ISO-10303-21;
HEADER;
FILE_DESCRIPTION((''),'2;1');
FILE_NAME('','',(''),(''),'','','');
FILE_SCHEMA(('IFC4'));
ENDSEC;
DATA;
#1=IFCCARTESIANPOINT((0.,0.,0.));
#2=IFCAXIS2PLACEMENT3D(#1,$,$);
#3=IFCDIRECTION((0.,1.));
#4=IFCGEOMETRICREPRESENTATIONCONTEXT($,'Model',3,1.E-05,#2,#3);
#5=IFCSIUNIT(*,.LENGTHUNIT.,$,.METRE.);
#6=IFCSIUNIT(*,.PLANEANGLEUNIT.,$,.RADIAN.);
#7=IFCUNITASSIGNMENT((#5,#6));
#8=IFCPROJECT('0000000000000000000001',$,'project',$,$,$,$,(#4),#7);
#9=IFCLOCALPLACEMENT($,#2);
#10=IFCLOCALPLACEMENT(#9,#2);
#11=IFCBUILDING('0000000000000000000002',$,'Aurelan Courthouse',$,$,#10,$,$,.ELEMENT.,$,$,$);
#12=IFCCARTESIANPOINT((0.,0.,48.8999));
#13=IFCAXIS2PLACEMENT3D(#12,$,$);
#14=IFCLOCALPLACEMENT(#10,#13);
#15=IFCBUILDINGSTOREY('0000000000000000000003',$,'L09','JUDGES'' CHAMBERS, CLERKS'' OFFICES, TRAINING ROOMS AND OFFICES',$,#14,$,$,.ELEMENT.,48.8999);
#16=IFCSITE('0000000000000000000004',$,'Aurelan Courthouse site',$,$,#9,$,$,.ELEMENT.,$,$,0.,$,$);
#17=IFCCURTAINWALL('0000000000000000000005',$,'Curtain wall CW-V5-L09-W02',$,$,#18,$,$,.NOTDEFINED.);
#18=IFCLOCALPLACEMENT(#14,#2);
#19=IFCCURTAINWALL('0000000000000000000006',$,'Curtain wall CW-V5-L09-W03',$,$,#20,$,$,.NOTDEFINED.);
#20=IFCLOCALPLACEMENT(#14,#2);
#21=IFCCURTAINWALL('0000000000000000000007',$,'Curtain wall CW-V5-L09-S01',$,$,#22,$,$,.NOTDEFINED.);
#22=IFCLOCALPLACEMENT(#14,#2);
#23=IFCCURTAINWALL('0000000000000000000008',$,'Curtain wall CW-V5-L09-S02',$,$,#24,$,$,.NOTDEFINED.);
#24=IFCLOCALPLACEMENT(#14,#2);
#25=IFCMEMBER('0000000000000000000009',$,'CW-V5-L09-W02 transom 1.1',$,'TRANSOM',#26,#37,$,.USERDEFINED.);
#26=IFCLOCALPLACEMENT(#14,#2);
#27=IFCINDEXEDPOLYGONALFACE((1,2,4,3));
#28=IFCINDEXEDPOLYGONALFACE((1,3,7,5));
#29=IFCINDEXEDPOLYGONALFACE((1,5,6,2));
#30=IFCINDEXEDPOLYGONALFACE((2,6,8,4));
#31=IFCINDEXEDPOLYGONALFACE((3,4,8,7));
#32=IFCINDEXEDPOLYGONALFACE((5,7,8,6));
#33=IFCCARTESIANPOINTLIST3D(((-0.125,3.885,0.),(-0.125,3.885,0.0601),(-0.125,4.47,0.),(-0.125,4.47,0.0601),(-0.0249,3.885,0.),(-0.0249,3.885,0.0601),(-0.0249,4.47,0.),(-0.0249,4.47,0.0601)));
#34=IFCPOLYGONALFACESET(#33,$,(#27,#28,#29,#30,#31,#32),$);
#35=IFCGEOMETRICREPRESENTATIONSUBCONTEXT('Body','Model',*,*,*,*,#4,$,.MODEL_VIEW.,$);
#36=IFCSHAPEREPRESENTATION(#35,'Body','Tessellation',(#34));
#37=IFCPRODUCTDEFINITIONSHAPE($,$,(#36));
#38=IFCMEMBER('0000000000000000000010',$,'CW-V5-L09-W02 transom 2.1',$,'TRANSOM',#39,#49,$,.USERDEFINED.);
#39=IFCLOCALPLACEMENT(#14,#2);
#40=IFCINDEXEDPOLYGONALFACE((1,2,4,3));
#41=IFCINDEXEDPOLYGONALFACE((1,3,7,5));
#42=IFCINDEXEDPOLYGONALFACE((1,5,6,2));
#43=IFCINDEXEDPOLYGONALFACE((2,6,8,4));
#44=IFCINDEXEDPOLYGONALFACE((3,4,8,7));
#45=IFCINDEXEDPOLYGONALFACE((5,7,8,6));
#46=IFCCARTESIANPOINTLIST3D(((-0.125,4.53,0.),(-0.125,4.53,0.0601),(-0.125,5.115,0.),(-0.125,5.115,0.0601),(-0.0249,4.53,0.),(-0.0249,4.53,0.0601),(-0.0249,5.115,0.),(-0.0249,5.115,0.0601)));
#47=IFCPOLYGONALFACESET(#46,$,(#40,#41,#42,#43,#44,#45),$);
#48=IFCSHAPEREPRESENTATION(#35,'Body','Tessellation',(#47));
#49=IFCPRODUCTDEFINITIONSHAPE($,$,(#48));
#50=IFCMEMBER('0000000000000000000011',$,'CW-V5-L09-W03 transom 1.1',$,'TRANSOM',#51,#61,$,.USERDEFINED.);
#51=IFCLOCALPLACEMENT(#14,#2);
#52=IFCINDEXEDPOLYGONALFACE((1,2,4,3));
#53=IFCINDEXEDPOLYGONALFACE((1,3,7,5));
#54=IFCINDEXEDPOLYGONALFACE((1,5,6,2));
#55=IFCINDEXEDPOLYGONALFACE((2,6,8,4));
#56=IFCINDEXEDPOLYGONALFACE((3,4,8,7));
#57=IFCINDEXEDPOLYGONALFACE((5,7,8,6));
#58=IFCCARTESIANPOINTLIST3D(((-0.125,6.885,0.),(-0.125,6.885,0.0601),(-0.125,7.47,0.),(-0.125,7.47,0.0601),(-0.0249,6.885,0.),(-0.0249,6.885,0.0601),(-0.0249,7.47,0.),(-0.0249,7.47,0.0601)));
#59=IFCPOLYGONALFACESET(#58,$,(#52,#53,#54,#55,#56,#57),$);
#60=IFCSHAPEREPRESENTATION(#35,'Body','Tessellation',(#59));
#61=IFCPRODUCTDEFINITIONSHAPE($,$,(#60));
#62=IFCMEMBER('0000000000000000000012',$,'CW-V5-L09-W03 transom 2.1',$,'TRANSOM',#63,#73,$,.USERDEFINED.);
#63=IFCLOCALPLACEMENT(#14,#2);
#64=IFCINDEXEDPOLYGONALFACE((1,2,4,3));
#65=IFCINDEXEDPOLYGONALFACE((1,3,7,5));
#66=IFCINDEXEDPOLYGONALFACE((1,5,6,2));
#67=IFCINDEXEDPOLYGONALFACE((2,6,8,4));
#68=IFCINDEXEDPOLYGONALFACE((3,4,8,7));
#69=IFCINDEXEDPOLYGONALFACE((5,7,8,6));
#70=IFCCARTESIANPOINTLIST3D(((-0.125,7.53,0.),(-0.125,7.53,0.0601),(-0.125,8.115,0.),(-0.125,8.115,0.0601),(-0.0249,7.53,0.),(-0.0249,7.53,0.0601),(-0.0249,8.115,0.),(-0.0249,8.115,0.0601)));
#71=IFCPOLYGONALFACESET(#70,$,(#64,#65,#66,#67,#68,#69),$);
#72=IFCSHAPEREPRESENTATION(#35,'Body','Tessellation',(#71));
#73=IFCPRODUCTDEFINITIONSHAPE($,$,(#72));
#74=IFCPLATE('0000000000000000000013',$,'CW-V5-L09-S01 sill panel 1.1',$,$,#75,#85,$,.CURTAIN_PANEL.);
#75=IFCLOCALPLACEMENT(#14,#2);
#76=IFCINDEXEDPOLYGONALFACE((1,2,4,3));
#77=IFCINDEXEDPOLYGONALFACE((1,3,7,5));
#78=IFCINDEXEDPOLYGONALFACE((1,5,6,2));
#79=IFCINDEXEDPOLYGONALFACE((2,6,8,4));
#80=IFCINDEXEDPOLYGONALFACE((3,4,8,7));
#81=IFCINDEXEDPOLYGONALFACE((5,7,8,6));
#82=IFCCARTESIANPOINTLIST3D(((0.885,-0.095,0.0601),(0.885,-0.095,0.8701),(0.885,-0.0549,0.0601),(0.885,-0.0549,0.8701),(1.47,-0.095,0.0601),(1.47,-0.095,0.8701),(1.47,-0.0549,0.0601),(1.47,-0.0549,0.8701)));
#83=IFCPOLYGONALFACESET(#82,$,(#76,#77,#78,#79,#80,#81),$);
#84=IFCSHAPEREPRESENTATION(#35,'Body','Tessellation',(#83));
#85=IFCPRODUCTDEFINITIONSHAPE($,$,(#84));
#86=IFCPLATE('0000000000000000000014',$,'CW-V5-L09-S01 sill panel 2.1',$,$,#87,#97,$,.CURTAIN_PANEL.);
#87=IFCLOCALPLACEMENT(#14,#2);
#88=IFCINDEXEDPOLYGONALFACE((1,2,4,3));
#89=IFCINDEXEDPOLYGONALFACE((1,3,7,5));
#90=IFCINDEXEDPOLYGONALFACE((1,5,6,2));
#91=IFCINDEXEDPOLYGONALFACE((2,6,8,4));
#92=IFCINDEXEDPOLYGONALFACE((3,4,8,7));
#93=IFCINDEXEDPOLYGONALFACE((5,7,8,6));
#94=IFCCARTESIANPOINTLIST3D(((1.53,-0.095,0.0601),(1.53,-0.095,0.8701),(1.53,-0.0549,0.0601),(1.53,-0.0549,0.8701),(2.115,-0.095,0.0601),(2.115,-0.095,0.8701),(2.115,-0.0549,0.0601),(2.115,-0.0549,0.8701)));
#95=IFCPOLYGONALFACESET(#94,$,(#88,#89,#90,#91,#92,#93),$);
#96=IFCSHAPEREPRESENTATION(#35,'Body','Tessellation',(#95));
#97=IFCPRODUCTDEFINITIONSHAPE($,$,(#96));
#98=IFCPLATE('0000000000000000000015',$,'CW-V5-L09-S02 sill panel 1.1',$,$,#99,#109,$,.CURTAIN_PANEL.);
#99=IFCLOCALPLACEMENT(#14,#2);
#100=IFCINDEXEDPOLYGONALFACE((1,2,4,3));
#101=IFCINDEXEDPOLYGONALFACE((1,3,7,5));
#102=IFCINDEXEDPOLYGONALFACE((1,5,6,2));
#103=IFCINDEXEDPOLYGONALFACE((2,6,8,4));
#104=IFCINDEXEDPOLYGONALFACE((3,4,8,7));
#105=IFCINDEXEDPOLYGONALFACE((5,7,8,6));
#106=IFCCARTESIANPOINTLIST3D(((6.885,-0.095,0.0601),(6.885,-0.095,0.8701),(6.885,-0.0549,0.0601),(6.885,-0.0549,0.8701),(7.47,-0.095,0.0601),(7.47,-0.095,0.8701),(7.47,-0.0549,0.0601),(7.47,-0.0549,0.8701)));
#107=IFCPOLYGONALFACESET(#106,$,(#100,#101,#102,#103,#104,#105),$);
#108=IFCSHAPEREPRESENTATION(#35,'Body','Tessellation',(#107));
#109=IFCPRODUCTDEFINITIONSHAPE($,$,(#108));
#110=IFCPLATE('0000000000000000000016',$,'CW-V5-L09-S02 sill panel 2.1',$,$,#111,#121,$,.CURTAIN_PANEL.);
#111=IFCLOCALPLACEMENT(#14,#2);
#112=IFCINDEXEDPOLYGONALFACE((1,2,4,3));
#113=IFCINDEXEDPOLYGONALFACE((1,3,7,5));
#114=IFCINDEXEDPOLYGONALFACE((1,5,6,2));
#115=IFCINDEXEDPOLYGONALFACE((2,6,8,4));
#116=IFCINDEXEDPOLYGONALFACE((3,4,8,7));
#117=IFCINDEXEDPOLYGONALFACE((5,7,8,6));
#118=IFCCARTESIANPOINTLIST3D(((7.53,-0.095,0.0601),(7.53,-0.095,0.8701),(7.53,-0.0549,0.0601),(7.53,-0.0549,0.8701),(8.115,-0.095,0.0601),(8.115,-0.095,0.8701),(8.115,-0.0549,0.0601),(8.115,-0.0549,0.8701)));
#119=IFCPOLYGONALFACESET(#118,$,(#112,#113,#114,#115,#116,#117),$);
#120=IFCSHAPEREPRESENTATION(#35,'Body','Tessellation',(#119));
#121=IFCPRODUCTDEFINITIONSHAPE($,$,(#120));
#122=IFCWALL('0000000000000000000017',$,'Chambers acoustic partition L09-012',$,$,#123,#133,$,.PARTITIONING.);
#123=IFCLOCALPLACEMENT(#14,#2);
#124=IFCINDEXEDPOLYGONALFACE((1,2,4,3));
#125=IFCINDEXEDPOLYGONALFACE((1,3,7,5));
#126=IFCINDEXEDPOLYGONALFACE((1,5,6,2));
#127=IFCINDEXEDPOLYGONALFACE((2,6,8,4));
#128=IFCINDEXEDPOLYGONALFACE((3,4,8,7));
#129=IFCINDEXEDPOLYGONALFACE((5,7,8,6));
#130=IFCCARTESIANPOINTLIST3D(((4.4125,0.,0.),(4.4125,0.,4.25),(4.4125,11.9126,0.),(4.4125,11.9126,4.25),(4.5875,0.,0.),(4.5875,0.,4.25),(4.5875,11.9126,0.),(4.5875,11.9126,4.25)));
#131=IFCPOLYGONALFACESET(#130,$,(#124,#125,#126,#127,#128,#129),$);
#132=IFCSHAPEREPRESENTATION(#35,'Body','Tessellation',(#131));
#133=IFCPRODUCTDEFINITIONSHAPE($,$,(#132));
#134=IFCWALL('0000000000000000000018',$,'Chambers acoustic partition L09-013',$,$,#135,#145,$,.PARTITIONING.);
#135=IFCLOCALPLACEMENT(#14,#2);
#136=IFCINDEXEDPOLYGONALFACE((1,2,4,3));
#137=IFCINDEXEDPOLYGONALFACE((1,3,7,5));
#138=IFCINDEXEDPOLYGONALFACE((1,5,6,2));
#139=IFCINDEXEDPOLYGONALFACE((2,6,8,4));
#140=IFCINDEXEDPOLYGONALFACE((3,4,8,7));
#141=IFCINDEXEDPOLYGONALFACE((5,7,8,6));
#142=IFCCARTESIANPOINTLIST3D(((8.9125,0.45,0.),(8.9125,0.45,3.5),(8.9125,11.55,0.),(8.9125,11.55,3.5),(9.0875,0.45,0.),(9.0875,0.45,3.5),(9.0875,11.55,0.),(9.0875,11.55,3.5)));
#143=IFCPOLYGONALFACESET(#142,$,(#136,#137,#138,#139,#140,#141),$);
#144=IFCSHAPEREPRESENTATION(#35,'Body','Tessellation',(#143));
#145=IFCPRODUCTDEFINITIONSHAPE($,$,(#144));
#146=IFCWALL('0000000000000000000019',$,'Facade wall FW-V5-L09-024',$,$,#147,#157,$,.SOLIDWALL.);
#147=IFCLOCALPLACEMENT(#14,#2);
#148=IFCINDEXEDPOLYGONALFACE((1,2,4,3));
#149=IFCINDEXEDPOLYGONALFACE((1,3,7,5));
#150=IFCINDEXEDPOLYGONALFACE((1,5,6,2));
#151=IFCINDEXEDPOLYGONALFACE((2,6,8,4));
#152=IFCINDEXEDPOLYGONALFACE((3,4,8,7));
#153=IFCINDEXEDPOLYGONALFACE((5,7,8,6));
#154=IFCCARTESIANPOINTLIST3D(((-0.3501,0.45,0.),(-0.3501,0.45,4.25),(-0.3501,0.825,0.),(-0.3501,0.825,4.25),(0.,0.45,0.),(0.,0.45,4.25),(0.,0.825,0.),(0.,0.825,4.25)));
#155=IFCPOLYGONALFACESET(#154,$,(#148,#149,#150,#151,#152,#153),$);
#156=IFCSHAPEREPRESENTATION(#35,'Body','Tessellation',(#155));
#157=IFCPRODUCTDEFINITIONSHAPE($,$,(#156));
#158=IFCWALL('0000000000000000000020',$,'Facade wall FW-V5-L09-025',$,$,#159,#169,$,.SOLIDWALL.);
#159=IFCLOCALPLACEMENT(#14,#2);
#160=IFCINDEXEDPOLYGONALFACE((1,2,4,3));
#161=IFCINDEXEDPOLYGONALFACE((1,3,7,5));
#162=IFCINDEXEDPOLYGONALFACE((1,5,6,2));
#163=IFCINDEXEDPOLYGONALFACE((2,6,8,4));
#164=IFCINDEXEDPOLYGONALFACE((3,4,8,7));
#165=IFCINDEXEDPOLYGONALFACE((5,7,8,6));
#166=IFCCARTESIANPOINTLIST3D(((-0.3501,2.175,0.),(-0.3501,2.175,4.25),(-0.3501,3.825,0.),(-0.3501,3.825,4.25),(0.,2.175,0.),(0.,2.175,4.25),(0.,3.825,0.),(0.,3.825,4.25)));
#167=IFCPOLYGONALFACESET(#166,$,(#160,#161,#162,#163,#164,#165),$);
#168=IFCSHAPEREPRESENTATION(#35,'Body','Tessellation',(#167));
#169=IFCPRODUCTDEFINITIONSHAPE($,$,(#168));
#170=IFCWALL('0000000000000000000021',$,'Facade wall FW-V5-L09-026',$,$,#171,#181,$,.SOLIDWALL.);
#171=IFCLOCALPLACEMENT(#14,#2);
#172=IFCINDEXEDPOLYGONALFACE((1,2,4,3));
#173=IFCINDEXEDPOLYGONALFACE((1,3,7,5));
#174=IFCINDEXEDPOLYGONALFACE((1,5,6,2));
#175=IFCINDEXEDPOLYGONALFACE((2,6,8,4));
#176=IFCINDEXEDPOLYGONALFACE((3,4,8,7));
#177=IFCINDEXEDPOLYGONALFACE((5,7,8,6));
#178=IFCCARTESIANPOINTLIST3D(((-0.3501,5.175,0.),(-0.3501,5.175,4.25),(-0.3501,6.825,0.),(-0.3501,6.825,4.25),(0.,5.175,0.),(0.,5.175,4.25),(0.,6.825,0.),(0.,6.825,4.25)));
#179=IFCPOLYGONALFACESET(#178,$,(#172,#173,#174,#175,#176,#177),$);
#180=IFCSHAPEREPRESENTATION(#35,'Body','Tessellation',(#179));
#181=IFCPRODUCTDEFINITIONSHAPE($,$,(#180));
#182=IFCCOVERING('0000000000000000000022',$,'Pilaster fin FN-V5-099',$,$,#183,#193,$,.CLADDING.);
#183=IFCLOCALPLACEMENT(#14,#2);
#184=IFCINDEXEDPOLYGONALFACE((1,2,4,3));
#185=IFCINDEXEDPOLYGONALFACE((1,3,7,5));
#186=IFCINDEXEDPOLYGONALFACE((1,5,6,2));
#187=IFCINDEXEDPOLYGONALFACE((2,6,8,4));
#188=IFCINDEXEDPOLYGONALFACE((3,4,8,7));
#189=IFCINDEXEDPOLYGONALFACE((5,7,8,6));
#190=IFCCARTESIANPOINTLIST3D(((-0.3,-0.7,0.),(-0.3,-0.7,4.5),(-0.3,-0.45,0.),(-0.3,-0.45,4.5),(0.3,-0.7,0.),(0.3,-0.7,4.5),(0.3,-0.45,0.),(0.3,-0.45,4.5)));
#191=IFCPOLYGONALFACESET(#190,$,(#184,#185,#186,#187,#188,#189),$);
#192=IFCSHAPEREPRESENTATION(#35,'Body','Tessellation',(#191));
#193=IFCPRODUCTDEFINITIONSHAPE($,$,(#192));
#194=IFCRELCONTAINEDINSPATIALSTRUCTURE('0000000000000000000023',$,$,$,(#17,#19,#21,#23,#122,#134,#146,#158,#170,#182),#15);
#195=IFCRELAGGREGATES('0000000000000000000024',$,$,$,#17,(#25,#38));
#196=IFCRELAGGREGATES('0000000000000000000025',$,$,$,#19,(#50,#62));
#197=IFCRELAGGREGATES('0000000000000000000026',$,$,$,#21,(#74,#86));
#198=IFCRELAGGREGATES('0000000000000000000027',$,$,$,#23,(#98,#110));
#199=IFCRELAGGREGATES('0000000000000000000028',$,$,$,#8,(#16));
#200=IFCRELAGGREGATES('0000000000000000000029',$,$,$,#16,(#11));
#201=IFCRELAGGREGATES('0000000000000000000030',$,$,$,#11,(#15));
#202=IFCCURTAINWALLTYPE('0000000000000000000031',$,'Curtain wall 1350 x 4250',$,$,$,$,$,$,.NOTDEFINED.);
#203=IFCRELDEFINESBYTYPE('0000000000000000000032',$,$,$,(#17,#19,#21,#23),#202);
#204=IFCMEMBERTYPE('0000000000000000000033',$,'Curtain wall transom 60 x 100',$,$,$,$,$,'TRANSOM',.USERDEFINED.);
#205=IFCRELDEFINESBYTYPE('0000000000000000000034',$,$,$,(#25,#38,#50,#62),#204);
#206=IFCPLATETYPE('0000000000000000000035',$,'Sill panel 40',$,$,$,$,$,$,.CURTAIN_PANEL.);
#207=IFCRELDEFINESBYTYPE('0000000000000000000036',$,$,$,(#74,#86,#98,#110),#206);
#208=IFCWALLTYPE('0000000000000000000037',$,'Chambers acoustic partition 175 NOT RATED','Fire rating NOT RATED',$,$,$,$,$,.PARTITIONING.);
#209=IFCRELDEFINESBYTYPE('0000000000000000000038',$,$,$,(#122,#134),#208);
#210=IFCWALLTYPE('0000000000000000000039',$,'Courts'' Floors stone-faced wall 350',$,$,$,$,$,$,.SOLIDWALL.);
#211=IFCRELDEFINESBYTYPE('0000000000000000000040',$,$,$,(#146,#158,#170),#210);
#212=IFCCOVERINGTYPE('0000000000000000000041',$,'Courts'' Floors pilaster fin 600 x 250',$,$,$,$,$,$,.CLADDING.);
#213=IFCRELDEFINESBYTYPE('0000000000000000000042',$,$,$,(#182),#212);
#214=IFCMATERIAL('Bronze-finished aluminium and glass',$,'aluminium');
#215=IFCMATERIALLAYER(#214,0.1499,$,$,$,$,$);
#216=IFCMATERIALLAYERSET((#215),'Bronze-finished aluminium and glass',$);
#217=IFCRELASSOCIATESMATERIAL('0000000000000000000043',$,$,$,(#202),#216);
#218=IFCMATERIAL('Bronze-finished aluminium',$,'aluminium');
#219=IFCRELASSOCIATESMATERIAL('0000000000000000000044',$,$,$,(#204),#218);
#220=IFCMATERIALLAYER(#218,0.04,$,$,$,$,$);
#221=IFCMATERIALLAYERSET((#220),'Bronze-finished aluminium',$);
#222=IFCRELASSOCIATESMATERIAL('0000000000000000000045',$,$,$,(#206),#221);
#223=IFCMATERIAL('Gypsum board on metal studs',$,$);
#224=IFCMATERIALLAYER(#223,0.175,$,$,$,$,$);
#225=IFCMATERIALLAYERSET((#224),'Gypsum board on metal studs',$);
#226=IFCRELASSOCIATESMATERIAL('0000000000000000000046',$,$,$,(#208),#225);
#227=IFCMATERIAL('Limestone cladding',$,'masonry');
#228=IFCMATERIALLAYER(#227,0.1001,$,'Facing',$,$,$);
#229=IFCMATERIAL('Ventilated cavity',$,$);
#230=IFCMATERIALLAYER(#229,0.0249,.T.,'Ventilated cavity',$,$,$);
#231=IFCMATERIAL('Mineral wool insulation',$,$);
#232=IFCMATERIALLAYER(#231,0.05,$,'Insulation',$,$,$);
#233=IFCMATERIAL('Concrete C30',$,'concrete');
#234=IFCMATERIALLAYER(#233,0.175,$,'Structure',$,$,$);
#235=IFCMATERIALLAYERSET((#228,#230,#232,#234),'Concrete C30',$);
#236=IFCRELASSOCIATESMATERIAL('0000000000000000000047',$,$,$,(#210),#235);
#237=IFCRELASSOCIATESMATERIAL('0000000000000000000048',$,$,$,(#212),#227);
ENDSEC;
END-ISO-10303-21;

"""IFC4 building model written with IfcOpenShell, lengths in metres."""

from ifc_helpers import new_model, si_unit, direction, frame, frame_2d, origin, origin_2d, place, context, subcontext, project, spatial, rectangle, extrude, material, layer, layer_set, material_profile, profile_set, type_object, element, aggregate, save


model = new_model("IFC4")

# Units and contexts
model_context = context("Model", 3, precision=1e-05, world=origin(), true_north=direction((0.0, 1.0)))
body_context = subcontext(model_context, "Body", "Model", "MODEL_VIEW")
ifc_project = project(units=[si_unit("LENGTHUNIT", "METRE"), si_unit("PLANEANGLEUNIT", "RADIAN")], contexts=[model_context])

# Site, building, storey
site_placement = place(None, origin())
site = spatial("IfcSite", under=ifc_project, at=site_placement, Name="Aurelan Courthouse site", CompositionType="ELEMENT", RefElevation=0.0)
building_placement = place(site_placement, origin())
building = spatial("IfcBuilding", under=site, at=building_placement, Name="Aurelan Courthouse", CompositionType="ELEMENT")
storey_placement = place(building_placement, frame((0.0, 0.0, 48.8999)))
storey = spatial("IfcBuildingStorey", under=building, at=storey_placement, Name="L09", Description="JUDGES' CHAMBERS, CLERKS' OFFICES, TRAINING ROOMS AND OFFICES", CompositionType="ELEMENT", Elevation=48.8999)

# Curtain walls
ifc_material_1 = material(Name="Bronze-finished aluminium and glass", Category="aluminium")
ifc_layer_1 = layer(ifc_material_1, 0.1499)
ifc_layer_set_1 = layer_set([ifc_layer_1], Name="Bronze-finished aluminium and glass")
curtain_wall_type = type_object("IfcCurtainWallType", Name="Curtain wall 1350 x 4250", PredefinedType="NOTDEFINED", material=ifc_layer_set_1)
ifc_material_2 = material(Name="Bronze-finished aluminium", Category="aluminium")
curtain_wall_1_placement = place(storey_placement, origin())
curtain_wall_1 = element("IfcCurtainWall", 1, at=curtain_wall_1_placement, inside=storey, type_object=curtain_wall_type, Name="Curtain wall CW-V5-L09-W02", PredefinedType="NOTDEFINED")
curtain_wall_2_placement = place(storey_placement, origin())
curtain_wall_2 = element("IfcCurtainWall", 2, at=curtain_wall_2_placement, inside=storey, type_object=curtain_wall_type, Name="Curtain wall CW-V5-L09-W03", PredefinedType="NOTDEFINED")
curtain_wall_3_placement = place(storey_placement, origin())
curtain_wall_3 = element("IfcCurtainWall", 3, at=curtain_wall_3_placement, inside=storey, type_object=curtain_wall_type, Name="Curtain wall CW-V5-L09-S01", PredefinedType="NOTDEFINED")
ifc_material_profile_1 = material_profile(ifc_material_2, rectangle(XDim=0.1001, YDim=0.0601, at=origin_2d()), Name="Bronze transom 60 x 100")
ifc_profile_set_1 = profile_set([ifc_material_profile_1], Name="Bronze-finished aluminium")
member_type_1 = type_object("IfcMemberType", Name="Curtain wall transom 60 x 100", ElementType="TRANSOM", PredefinedType="USERDEFINED", material=ifc_profile_set_1)
curtain_wall_4_placement = place(storey_placement, origin())
curtain_wall_4 = element("IfcCurtainWall", 4, at=curtain_wall_4_placement, inside=storey, type_object=curtain_wall_type, Name="Curtain wall CW-V5-L09-S02", PredefinedType="NOTDEFINED")

# Members
member_1_placement = place(storey_placement, frame((-0.075, 3.885, 0.03), z_axis=(0.0, 1.0, 0.0), x_axis=(-1.0, 0.0, 0.0)))
member_1 = element("IfcMember", 5, at=member_1_placement, type_object=member_type_1, Name="CW-V5-L09-W02 transom 1.1", ObjectType="TRANSOM", PredefinedType="USERDEFINED", context=body_context, shape_type="SweptSolid", body=[
    extrude(rectangle(XDim=0.1001, YDim=0.0601, at=origin_2d()), origin(), (0.0, 0.0, 1.0), 0.585),
])
member_2_placement = place(storey_placement, frame((-0.075, 4.53, 0.03), z_axis=(0.0, 1.0, 0.0), x_axis=(-1.0, 0.0, 0.0)))
member_2 = element("IfcMember", 6, at=member_2_placement, type_object=member_type_1, Name="CW-V5-L09-W02 transom 2.1", ObjectType="TRANSOM", PredefinedType="USERDEFINED", context=body_context, shape_type="SweptSolid", body=[
    extrude(rectangle(XDim=0.1001, YDim=0.0601, at=origin_2d()), origin(), (0.0, 0.0, 1.0), 0.585),
])
aggregate(curtain_wall_1, [member_1, member_2])
member_3_placement = place(storey_placement, frame((-0.075, 6.885, 0.03), z_axis=(0.0, 1.0, 0.0), x_axis=(-1.0, 0.0, 0.0)))
member_3 = element("IfcMember", 7, at=member_3_placement, type_object=member_type_1, Name="CW-V5-L09-W03 transom 1.1", ObjectType="TRANSOM", PredefinedType="USERDEFINED", context=body_context, shape_type="SweptSolid", body=[
    extrude(rectangle(XDim=0.1001, YDim=0.0601, at=origin_2d()), origin(), (0.0, 0.0, 1.0), 0.585),
])
member_4_placement = place(storey_placement, frame((-0.075, 7.53, 0.03), z_axis=(0.0, 1.0, 0.0), x_axis=(-1.0, 0.0, 0.0)))
member_4 = element("IfcMember", 8, at=member_4_placement, type_object=member_type_1, Name="CW-V5-L09-W03 transom 2.1", ObjectType="TRANSOM", PredefinedType="USERDEFINED", context=body_context, shape_type="SweptSolid", body=[
    extrude(rectangle(XDim=0.1001, YDim=0.0601, at=origin_2d()), origin(), (0.0, 0.0, 1.0), 0.585),
])
aggregate(curtain_wall_2, [member_3, member_4])

# Plates
ifc_layer_2 = layer(ifc_material_2, 0.04)
ifc_layer_set_2 = layer_set([ifc_layer_2], Name="Bronze-finished aluminium")
plate_type = type_object("IfcPlateType", Name="Sill panel 40", PredefinedType="CURTAIN_PANEL", material=ifc_layer_set_2)
plate_1_placement = place(storey_placement, frame((1.1775, -0.075, 0.0601), z_axis=(0.0, 0.0, 1.0), x_axis=(1.0, 0.0, 0.0)))
plate_1 = element("IfcPlate", 9, at=plate_1_placement, type_object=plate_type, Name="CW-V5-L09-S01 sill panel 1.1", PredefinedType="CURTAIN_PANEL", context=body_context, shape_type="SweptSolid", body=[
    extrude(rectangle(XDim=0.585, YDim=0.04, at=origin_2d()), origin(), (0.0, 0.0, 1.0), 0.8101),
])
plate_2_placement = place(storey_placement, frame((1.8225, -0.075, 0.0601), z_axis=(0.0, 0.0, 1.0), x_axis=(1.0, 0.0, 0.0)))
plate_2 = element("IfcPlate", 10, at=plate_2_placement, type_object=plate_type, Name="CW-V5-L09-S01 sill panel 2.1", PredefinedType="CURTAIN_PANEL", context=body_context, shape_type="SweptSolid", body=[
    extrude(rectangle(XDim=0.585, YDim=0.04, at=origin_2d()), origin(), (0.0, 0.0, 1.0), 0.8101),
])
aggregate(curtain_wall_3, [plate_1, plate_2])
plate_3_placement = place(storey_placement, frame((7.1775, -0.075, 0.0601), z_axis=(0.0, 0.0, 1.0), x_axis=(1.0, 0.0, 0.0)))
plate_3 = element("IfcPlate", 11, at=plate_3_placement, type_object=plate_type, Name="CW-V5-L09-S02 sill panel 1.1", PredefinedType="CURTAIN_PANEL", context=body_context, shape_type="SweptSolid", body=[
    extrude(rectangle(XDim=0.585, YDim=0.04, at=origin_2d()), origin(), (0.0, 0.0, 1.0), 0.8101),
])
plate_4_placement = place(storey_placement, frame((7.8225, -0.075, 0.0601), z_axis=(0.0, 0.0, 1.0), x_axis=(1.0, 0.0, 0.0)))
plate_4 = element("IfcPlate", 12, at=plate_4_placement, type_object=plate_type, Name="CW-V5-L09-S02 sill panel 2.1", PredefinedType="CURTAIN_PANEL", context=body_context, shape_type="SweptSolid", body=[
    extrude(rectangle(XDim=0.585, YDim=0.04, at=origin_2d()), origin(), (0.0, 0.0, 1.0), 0.8101),
])
aggregate(curtain_wall_4, [plate_3, plate_4])

# Walls
ifc_material_3 = material(Name="Gypsum board on metal studs")
ifc_layer_3 = layer(ifc_material_3, 0.175)
ifc_layer_set_3 = layer_set([ifc_layer_3], Name="Gypsum board on metal studs")
wall_type_1 = type_object("IfcWallType", Name="Chambers acoustic partition 175 NOT RATED", Description="Fire rating NOT RATED", PredefinedType="PARTITIONING", material=ifc_layer_set_3)
wall_1_placement = place(storey_placement, frame((4.5, 0.0, 0.0), z_axis=(0.0, 0.0, 1.0), x_axis=(0.0, 1.0, 0.0)))
element("IfcWall", 13, at=wall_1_placement, inside=storey, type_object=wall_type_1, Name="Chambers acoustic partition L09-012", PredefinedType="PARTITIONING", context=body_context, shape_type="SweptSolid", body=[
    extrude(rectangle(XDim=11.9126, YDim=0.175, at=frame_2d((5.9563, 0.0))), origin(), (0.0, 0.0, 1.0), 4.25),
])
wall_2_placement = place(storey_placement, frame((9.0, 0.45, 0.0), z_axis=(0.0, 0.0, 1.0), x_axis=(0.0, 1.0, 0.0)))
element("IfcWall", 14, at=wall_2_placement, inside=storey, type_object=wall_type_1, Name="Chambers acoustic partition L09-013", PredefinedType="PARTITIONING", context=body_context, shape_type="SweptSolid", body=[
    extrude(rectangle(XDim=11.1001, YDim=0.175, at=frame_2d((5.55, 0.0))), origin(), (0.0, 0.0, 1.0), 3.5),
])
ifc_material_4 = material(Name="Limestone cladding", Category="masonry")
ifc_layer_4 = layer(ifc_material_4, 0.1001, Name="Facing")
ifc_material_5 = material(Name="Ventilated cavity")
ifc_layer_5 = layer(ifc_material_5, 0.0249, ventilated=True, Name="Ventilated cavity")
ifc_material_6 = material(Name="Mineral wool insulation")
ifc_layer_6 = layer(ifc_material_6, 0.05, Name="Insulation")
ifc_material_7 = material(Name="Concrete C30", Category="concrete")
ifc_layer_7 = layer(ifc_material_7, 0.175, Name="Structure")
ifc_layer_set_4 = layer_set([ifc_layer_4, ifc_layer_5, ifc_layer_6, ifc_layer_7], Name="Concrete C30")
wall_type_2 = type_object("IfcWallType", Name="Courts' Floors stone-faced wall 350", PredefinedType="SOLIDWALL", material=ifc_layer_set_4)
wall_3_placement = place(storey_placement, frame((-0.175, 0.45, 0.0), z_axis=(0.0, 0.0, 1.0), x_axis=(0.0, 1.0, 0.0)))
element("IfcWall", 15, at=wall_3_placement, inside=storey, type_object=wall_type_2, Name="Facade wall FW-V5-L09-024", PredefinedType="SOLIDWALL", context=body_context, shape_type="SweptSolid", body=[
    extrude(rectangle(XDim=0.375, YDim=0.3501, at=frame_2d((0.1875, 0.0))), origin(), (0.0, 0.0, 1.0), 4.25),
])
for number, where, z_axis, x_axis, name in (
    (16, (-0.175, 2.175, 0.0), (0.0, 0.0, 1.0), (0.0, 1.0, 0.0), "Facade wall FW-V5-L09-025"),
    (17, (-0.175, 5.175, 0.0), (0.0, 0.0, 1.0), (0.0, 1.0, 0.0), "Facade wall FW-V5-L09-026"),
):
    element("IfcWall", number, at=place(storey_placement, frame(where, z_axis=z_axis, x_axis=x_axis)), inside=storey, type_object=wall_type_2, Name=name, PredefinedType="SOLIDWALL", context=body_context, shape_type="SweptSolid", body=[
        extrude(rectangle(XDim=1.6499, YDim=0.3501, at=frame_2d((0.825, 0.0))), origin(), (0.0, 0.0, 1.0), 4.25),
    ])

# Covering
covering_type = type_object("IfcCoveringType", Name="Courts' Floors pilaster fin 600 x 250", PredefinedType="CLADDING", material=ifc_material_4)
for number, where, z_axis, x_axis, name in (
    (18, (0.0, -0.575, 0.0), (0.0, 0.0, 1.0), (1.0, 0.0, 0.0), "Pilaster fin FN-V5-099"),
):
    element("IfcCovering", number, at=place(storey_placement, frame(where, z_axis=z_axis, x_axis=x_axis)), inside=storey, type_object=covering_type, Name=name, PredefinedType="CLADDING", context=body_context, shape_type="SweptSolid", body=[
        extrude(rectangle(XDim=0.6001, YDim=0.25, at=origin_2d()), origin(), (0.0, 0.0, 1.0), 4.5),
    ])

save(model, "model.ifc")
